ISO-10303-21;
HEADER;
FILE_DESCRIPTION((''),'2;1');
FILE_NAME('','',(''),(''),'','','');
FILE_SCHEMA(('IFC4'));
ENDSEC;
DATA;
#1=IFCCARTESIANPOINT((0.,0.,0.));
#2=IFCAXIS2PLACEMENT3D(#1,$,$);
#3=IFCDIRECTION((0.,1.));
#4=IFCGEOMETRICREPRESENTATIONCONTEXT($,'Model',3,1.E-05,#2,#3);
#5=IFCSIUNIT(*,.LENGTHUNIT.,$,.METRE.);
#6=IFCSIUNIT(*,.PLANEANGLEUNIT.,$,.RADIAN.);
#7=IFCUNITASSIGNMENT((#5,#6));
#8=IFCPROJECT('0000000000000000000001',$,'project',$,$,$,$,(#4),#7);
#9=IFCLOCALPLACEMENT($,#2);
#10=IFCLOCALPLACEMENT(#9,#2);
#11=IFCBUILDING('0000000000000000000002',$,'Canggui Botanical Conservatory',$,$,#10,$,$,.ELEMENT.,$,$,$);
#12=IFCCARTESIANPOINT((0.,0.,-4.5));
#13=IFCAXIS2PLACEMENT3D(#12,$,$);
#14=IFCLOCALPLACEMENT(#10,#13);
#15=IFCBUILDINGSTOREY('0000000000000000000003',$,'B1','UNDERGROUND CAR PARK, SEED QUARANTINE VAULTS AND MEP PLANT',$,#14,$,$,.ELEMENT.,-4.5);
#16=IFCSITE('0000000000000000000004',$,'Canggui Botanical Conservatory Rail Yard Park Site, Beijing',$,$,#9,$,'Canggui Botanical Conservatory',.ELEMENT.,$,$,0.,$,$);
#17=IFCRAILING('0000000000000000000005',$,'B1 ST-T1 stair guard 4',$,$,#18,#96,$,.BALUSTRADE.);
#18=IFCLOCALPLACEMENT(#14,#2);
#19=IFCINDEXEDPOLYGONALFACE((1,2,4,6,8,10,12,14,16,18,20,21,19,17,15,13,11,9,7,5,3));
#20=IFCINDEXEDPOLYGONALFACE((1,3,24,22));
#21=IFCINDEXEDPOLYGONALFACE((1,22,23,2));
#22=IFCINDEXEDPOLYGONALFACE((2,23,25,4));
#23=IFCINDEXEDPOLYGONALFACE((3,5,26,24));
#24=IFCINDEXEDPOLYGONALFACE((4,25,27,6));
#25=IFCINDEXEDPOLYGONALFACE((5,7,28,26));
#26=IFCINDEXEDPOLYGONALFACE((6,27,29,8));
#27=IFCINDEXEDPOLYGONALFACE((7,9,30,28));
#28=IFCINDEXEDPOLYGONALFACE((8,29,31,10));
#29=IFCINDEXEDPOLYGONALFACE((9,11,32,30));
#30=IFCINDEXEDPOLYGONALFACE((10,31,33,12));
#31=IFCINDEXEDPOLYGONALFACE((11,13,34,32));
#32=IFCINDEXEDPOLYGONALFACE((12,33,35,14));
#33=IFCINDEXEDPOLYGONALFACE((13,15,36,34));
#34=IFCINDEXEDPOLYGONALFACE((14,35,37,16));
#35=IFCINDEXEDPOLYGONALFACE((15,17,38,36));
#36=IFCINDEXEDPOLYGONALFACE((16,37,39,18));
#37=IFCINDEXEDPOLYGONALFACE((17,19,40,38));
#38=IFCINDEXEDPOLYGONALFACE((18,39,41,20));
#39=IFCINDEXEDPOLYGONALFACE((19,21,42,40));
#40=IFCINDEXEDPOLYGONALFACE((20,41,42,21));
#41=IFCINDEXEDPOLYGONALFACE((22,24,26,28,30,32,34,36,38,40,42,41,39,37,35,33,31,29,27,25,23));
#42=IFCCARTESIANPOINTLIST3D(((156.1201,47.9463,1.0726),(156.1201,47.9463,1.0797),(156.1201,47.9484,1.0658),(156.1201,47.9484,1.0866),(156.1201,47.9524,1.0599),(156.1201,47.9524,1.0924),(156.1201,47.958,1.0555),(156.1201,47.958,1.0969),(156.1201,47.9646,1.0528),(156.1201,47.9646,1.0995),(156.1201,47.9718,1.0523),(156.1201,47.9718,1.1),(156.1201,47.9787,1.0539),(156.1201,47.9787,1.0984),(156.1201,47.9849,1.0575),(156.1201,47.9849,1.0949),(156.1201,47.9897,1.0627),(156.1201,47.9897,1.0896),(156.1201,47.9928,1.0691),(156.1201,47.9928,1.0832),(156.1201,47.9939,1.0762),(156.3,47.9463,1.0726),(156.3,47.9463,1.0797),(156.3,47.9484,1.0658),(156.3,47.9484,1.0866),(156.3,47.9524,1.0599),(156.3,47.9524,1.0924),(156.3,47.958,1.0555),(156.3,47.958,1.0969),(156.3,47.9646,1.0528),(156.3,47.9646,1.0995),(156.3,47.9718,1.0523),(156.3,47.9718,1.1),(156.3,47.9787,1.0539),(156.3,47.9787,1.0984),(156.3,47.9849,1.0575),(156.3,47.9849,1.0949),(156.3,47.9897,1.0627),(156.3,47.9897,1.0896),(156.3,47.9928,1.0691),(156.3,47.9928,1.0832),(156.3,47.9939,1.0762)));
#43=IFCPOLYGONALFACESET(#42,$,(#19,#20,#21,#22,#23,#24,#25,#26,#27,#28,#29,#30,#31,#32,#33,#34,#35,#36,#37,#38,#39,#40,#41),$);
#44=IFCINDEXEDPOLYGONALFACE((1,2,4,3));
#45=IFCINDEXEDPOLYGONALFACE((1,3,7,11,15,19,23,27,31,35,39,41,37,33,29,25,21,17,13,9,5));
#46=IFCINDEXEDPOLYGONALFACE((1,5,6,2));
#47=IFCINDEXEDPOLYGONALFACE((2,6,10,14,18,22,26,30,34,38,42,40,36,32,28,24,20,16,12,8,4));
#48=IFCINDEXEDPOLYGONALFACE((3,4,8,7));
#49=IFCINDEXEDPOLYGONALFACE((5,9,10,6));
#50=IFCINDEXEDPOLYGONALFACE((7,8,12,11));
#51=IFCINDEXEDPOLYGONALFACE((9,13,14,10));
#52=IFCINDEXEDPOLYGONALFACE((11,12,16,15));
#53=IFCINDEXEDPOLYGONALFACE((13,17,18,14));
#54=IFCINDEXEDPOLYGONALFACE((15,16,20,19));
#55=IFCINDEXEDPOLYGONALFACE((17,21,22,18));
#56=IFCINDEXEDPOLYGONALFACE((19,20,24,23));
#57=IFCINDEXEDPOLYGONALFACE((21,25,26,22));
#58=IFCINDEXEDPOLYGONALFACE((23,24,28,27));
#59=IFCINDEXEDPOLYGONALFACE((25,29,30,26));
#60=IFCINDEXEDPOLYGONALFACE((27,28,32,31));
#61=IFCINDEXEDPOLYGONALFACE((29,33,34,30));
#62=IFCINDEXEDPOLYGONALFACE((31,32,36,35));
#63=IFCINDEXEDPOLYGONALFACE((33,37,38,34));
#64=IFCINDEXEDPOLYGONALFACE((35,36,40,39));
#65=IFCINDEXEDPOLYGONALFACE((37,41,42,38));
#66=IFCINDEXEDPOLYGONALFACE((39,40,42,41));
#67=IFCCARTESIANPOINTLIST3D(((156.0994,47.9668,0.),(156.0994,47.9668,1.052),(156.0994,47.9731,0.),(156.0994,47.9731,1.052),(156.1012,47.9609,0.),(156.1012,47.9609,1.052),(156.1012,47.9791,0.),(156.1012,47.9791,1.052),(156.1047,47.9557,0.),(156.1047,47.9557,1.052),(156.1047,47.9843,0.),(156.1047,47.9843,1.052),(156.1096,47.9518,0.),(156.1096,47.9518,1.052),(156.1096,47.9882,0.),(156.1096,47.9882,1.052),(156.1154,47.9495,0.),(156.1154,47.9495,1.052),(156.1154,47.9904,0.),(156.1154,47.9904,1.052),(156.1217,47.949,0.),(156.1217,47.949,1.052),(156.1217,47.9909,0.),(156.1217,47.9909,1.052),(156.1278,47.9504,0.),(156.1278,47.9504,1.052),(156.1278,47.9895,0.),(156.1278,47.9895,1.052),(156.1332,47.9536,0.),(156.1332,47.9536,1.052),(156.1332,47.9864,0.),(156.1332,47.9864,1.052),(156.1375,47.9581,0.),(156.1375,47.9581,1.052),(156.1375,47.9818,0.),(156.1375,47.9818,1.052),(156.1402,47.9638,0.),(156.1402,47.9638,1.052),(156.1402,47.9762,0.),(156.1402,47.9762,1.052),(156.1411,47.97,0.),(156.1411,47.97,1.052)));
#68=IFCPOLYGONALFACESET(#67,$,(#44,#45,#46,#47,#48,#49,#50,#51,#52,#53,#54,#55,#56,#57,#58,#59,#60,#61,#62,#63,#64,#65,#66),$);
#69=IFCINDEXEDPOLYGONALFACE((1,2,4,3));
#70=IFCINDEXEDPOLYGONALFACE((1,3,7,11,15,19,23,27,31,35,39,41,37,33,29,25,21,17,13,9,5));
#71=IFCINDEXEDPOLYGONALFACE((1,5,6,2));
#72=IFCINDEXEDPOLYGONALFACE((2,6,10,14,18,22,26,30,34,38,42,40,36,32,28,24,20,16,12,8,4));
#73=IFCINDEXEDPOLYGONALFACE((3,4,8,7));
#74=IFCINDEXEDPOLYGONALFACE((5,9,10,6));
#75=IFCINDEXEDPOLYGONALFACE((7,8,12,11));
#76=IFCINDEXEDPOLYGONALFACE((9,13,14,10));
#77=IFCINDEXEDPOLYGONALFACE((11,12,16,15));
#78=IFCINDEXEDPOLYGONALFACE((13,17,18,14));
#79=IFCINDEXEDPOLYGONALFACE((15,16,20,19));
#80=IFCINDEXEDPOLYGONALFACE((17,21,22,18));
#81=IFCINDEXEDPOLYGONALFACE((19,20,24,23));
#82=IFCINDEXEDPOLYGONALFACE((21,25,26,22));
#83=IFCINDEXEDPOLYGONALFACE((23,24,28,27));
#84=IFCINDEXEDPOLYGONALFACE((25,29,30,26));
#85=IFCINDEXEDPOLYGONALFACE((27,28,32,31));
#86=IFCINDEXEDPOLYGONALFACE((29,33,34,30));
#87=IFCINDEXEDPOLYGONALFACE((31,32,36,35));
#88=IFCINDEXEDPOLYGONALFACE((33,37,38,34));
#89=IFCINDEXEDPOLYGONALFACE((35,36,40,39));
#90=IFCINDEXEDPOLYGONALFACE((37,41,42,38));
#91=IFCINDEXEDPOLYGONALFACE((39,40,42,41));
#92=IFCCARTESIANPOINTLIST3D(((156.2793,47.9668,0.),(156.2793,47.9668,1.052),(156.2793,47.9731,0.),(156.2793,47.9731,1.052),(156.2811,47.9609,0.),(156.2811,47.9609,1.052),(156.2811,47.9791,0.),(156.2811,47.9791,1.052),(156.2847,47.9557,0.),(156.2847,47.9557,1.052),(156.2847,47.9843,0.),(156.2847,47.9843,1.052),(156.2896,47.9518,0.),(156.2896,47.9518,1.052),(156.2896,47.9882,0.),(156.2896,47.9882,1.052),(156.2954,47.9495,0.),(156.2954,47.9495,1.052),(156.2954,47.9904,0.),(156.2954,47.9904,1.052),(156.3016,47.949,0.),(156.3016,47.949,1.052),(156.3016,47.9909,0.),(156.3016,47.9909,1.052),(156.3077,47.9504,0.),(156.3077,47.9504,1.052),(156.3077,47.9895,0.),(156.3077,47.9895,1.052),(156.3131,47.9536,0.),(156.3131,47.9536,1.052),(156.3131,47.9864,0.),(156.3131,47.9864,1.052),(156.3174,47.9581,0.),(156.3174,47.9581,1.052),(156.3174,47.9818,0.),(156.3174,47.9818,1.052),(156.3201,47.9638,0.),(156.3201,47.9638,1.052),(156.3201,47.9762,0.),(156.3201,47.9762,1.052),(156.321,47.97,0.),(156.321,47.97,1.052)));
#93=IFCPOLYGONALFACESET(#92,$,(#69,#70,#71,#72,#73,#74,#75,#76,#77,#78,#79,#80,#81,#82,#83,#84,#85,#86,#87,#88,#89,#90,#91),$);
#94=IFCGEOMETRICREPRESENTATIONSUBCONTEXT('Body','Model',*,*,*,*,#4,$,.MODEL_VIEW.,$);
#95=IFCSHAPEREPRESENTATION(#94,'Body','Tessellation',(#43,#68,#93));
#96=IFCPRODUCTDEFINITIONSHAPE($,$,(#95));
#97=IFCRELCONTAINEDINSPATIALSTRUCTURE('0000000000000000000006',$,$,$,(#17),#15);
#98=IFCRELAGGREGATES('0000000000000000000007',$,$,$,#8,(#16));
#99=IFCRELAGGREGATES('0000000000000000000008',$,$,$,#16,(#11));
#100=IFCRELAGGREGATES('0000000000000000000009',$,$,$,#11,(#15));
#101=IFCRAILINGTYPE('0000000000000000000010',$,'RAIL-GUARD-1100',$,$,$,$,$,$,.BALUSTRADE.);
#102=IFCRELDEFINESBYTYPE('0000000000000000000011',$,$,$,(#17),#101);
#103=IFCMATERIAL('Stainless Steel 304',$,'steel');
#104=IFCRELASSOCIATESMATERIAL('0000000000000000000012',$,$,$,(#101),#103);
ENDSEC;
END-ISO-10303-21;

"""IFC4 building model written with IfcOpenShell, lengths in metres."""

from ifc_helpers import new_model, si_unit, direction, frame, origin, origin_2d, place, context, subcontext, project, spatial, circle, extrude, material, type_object, element, save


model = new_model("IFC4")

# Units and contexts
model_context = context("Model", 3, precision=1e-05, world=origin(), true_north=direction((0.0, 1.0)))
body_context = subcontext(model_context, "Body", "Model", "MODEL_VIEW")
ifc_project = project(units=[si_unit("LENGTHUNIT", "METRE"), si_unit("PLANEANGLEUNIT", "RADIAN")], contexts=[model_context])

# Site, building, storey
site_placement = place(None, origin())
site = spatial("IfcSite", under=ifc_project, at=site_placement, Name="Canggui Botanical Conservatory Rail Yard Park Site, Beijing", LongName="Canggui Botanical Conservatory", CompositionType="ELEMENT", RefElevation=0.0)
building_placement = place(site_placement, origin())
building = spatial("IfcBuilding", under=site, at=building_placement, Name="Canggui Botanical Conservatory", CompositionType="ELEMENT")
storey_placement = place(building_placement, frame((0.0, 0.0, -4.5)))
storey = spatial("IfcBuildingStorey", under=building, at=storey_placement, Name="B1", Description="UNDERGROUND CAR PARK, SEED QUARANTINE VAULTS AND MEP PLANT", CompositionType="ELEMENT", Elevation=-4.5)

# Shared definitions
ifc_material_1 = material(Name="Stainless Steel 304", Category="steel")

# Railing
railing_type_1 = type_object("IfcRailingType", Name="RAIL-GUARD-1100", PredefinedType="BALUSTRADE", material=ifc_material_1)
railing_1_placement = place(storey_placement, frame((156.1201, 47.97, 0.0)))
element("IfcRailing", 1, at=railing_1_placement, inside=storey, type_object=railing_type_1, Name="B1 ST-T1 stair guard 4", PredefinedType="BALUSTRADE", context=body_context, shape_type="SweptSolid", body=[
    extrude(circle(Radius=0.0239, at=origin_2d()), frame((0.0, 0.0, 1.0762), z_axis=(1.0, 0.0, 0.0), x_axis=(0.0, 1.0, 0.0)), (0.0, 0.0, 1.0), 0.1799),
    extrude(circle(Radius=0.021, at=origin_2d()), origin(), (0.0, 0.0, 1.0), 1.052),
    extrude(circle(Radius=0.021, at=origin_2d()), frame((0.1799, 0.0, 0.0)), (0.0, 0.0, 1.0), 1.052),
])

save(model, "model.ifc")
